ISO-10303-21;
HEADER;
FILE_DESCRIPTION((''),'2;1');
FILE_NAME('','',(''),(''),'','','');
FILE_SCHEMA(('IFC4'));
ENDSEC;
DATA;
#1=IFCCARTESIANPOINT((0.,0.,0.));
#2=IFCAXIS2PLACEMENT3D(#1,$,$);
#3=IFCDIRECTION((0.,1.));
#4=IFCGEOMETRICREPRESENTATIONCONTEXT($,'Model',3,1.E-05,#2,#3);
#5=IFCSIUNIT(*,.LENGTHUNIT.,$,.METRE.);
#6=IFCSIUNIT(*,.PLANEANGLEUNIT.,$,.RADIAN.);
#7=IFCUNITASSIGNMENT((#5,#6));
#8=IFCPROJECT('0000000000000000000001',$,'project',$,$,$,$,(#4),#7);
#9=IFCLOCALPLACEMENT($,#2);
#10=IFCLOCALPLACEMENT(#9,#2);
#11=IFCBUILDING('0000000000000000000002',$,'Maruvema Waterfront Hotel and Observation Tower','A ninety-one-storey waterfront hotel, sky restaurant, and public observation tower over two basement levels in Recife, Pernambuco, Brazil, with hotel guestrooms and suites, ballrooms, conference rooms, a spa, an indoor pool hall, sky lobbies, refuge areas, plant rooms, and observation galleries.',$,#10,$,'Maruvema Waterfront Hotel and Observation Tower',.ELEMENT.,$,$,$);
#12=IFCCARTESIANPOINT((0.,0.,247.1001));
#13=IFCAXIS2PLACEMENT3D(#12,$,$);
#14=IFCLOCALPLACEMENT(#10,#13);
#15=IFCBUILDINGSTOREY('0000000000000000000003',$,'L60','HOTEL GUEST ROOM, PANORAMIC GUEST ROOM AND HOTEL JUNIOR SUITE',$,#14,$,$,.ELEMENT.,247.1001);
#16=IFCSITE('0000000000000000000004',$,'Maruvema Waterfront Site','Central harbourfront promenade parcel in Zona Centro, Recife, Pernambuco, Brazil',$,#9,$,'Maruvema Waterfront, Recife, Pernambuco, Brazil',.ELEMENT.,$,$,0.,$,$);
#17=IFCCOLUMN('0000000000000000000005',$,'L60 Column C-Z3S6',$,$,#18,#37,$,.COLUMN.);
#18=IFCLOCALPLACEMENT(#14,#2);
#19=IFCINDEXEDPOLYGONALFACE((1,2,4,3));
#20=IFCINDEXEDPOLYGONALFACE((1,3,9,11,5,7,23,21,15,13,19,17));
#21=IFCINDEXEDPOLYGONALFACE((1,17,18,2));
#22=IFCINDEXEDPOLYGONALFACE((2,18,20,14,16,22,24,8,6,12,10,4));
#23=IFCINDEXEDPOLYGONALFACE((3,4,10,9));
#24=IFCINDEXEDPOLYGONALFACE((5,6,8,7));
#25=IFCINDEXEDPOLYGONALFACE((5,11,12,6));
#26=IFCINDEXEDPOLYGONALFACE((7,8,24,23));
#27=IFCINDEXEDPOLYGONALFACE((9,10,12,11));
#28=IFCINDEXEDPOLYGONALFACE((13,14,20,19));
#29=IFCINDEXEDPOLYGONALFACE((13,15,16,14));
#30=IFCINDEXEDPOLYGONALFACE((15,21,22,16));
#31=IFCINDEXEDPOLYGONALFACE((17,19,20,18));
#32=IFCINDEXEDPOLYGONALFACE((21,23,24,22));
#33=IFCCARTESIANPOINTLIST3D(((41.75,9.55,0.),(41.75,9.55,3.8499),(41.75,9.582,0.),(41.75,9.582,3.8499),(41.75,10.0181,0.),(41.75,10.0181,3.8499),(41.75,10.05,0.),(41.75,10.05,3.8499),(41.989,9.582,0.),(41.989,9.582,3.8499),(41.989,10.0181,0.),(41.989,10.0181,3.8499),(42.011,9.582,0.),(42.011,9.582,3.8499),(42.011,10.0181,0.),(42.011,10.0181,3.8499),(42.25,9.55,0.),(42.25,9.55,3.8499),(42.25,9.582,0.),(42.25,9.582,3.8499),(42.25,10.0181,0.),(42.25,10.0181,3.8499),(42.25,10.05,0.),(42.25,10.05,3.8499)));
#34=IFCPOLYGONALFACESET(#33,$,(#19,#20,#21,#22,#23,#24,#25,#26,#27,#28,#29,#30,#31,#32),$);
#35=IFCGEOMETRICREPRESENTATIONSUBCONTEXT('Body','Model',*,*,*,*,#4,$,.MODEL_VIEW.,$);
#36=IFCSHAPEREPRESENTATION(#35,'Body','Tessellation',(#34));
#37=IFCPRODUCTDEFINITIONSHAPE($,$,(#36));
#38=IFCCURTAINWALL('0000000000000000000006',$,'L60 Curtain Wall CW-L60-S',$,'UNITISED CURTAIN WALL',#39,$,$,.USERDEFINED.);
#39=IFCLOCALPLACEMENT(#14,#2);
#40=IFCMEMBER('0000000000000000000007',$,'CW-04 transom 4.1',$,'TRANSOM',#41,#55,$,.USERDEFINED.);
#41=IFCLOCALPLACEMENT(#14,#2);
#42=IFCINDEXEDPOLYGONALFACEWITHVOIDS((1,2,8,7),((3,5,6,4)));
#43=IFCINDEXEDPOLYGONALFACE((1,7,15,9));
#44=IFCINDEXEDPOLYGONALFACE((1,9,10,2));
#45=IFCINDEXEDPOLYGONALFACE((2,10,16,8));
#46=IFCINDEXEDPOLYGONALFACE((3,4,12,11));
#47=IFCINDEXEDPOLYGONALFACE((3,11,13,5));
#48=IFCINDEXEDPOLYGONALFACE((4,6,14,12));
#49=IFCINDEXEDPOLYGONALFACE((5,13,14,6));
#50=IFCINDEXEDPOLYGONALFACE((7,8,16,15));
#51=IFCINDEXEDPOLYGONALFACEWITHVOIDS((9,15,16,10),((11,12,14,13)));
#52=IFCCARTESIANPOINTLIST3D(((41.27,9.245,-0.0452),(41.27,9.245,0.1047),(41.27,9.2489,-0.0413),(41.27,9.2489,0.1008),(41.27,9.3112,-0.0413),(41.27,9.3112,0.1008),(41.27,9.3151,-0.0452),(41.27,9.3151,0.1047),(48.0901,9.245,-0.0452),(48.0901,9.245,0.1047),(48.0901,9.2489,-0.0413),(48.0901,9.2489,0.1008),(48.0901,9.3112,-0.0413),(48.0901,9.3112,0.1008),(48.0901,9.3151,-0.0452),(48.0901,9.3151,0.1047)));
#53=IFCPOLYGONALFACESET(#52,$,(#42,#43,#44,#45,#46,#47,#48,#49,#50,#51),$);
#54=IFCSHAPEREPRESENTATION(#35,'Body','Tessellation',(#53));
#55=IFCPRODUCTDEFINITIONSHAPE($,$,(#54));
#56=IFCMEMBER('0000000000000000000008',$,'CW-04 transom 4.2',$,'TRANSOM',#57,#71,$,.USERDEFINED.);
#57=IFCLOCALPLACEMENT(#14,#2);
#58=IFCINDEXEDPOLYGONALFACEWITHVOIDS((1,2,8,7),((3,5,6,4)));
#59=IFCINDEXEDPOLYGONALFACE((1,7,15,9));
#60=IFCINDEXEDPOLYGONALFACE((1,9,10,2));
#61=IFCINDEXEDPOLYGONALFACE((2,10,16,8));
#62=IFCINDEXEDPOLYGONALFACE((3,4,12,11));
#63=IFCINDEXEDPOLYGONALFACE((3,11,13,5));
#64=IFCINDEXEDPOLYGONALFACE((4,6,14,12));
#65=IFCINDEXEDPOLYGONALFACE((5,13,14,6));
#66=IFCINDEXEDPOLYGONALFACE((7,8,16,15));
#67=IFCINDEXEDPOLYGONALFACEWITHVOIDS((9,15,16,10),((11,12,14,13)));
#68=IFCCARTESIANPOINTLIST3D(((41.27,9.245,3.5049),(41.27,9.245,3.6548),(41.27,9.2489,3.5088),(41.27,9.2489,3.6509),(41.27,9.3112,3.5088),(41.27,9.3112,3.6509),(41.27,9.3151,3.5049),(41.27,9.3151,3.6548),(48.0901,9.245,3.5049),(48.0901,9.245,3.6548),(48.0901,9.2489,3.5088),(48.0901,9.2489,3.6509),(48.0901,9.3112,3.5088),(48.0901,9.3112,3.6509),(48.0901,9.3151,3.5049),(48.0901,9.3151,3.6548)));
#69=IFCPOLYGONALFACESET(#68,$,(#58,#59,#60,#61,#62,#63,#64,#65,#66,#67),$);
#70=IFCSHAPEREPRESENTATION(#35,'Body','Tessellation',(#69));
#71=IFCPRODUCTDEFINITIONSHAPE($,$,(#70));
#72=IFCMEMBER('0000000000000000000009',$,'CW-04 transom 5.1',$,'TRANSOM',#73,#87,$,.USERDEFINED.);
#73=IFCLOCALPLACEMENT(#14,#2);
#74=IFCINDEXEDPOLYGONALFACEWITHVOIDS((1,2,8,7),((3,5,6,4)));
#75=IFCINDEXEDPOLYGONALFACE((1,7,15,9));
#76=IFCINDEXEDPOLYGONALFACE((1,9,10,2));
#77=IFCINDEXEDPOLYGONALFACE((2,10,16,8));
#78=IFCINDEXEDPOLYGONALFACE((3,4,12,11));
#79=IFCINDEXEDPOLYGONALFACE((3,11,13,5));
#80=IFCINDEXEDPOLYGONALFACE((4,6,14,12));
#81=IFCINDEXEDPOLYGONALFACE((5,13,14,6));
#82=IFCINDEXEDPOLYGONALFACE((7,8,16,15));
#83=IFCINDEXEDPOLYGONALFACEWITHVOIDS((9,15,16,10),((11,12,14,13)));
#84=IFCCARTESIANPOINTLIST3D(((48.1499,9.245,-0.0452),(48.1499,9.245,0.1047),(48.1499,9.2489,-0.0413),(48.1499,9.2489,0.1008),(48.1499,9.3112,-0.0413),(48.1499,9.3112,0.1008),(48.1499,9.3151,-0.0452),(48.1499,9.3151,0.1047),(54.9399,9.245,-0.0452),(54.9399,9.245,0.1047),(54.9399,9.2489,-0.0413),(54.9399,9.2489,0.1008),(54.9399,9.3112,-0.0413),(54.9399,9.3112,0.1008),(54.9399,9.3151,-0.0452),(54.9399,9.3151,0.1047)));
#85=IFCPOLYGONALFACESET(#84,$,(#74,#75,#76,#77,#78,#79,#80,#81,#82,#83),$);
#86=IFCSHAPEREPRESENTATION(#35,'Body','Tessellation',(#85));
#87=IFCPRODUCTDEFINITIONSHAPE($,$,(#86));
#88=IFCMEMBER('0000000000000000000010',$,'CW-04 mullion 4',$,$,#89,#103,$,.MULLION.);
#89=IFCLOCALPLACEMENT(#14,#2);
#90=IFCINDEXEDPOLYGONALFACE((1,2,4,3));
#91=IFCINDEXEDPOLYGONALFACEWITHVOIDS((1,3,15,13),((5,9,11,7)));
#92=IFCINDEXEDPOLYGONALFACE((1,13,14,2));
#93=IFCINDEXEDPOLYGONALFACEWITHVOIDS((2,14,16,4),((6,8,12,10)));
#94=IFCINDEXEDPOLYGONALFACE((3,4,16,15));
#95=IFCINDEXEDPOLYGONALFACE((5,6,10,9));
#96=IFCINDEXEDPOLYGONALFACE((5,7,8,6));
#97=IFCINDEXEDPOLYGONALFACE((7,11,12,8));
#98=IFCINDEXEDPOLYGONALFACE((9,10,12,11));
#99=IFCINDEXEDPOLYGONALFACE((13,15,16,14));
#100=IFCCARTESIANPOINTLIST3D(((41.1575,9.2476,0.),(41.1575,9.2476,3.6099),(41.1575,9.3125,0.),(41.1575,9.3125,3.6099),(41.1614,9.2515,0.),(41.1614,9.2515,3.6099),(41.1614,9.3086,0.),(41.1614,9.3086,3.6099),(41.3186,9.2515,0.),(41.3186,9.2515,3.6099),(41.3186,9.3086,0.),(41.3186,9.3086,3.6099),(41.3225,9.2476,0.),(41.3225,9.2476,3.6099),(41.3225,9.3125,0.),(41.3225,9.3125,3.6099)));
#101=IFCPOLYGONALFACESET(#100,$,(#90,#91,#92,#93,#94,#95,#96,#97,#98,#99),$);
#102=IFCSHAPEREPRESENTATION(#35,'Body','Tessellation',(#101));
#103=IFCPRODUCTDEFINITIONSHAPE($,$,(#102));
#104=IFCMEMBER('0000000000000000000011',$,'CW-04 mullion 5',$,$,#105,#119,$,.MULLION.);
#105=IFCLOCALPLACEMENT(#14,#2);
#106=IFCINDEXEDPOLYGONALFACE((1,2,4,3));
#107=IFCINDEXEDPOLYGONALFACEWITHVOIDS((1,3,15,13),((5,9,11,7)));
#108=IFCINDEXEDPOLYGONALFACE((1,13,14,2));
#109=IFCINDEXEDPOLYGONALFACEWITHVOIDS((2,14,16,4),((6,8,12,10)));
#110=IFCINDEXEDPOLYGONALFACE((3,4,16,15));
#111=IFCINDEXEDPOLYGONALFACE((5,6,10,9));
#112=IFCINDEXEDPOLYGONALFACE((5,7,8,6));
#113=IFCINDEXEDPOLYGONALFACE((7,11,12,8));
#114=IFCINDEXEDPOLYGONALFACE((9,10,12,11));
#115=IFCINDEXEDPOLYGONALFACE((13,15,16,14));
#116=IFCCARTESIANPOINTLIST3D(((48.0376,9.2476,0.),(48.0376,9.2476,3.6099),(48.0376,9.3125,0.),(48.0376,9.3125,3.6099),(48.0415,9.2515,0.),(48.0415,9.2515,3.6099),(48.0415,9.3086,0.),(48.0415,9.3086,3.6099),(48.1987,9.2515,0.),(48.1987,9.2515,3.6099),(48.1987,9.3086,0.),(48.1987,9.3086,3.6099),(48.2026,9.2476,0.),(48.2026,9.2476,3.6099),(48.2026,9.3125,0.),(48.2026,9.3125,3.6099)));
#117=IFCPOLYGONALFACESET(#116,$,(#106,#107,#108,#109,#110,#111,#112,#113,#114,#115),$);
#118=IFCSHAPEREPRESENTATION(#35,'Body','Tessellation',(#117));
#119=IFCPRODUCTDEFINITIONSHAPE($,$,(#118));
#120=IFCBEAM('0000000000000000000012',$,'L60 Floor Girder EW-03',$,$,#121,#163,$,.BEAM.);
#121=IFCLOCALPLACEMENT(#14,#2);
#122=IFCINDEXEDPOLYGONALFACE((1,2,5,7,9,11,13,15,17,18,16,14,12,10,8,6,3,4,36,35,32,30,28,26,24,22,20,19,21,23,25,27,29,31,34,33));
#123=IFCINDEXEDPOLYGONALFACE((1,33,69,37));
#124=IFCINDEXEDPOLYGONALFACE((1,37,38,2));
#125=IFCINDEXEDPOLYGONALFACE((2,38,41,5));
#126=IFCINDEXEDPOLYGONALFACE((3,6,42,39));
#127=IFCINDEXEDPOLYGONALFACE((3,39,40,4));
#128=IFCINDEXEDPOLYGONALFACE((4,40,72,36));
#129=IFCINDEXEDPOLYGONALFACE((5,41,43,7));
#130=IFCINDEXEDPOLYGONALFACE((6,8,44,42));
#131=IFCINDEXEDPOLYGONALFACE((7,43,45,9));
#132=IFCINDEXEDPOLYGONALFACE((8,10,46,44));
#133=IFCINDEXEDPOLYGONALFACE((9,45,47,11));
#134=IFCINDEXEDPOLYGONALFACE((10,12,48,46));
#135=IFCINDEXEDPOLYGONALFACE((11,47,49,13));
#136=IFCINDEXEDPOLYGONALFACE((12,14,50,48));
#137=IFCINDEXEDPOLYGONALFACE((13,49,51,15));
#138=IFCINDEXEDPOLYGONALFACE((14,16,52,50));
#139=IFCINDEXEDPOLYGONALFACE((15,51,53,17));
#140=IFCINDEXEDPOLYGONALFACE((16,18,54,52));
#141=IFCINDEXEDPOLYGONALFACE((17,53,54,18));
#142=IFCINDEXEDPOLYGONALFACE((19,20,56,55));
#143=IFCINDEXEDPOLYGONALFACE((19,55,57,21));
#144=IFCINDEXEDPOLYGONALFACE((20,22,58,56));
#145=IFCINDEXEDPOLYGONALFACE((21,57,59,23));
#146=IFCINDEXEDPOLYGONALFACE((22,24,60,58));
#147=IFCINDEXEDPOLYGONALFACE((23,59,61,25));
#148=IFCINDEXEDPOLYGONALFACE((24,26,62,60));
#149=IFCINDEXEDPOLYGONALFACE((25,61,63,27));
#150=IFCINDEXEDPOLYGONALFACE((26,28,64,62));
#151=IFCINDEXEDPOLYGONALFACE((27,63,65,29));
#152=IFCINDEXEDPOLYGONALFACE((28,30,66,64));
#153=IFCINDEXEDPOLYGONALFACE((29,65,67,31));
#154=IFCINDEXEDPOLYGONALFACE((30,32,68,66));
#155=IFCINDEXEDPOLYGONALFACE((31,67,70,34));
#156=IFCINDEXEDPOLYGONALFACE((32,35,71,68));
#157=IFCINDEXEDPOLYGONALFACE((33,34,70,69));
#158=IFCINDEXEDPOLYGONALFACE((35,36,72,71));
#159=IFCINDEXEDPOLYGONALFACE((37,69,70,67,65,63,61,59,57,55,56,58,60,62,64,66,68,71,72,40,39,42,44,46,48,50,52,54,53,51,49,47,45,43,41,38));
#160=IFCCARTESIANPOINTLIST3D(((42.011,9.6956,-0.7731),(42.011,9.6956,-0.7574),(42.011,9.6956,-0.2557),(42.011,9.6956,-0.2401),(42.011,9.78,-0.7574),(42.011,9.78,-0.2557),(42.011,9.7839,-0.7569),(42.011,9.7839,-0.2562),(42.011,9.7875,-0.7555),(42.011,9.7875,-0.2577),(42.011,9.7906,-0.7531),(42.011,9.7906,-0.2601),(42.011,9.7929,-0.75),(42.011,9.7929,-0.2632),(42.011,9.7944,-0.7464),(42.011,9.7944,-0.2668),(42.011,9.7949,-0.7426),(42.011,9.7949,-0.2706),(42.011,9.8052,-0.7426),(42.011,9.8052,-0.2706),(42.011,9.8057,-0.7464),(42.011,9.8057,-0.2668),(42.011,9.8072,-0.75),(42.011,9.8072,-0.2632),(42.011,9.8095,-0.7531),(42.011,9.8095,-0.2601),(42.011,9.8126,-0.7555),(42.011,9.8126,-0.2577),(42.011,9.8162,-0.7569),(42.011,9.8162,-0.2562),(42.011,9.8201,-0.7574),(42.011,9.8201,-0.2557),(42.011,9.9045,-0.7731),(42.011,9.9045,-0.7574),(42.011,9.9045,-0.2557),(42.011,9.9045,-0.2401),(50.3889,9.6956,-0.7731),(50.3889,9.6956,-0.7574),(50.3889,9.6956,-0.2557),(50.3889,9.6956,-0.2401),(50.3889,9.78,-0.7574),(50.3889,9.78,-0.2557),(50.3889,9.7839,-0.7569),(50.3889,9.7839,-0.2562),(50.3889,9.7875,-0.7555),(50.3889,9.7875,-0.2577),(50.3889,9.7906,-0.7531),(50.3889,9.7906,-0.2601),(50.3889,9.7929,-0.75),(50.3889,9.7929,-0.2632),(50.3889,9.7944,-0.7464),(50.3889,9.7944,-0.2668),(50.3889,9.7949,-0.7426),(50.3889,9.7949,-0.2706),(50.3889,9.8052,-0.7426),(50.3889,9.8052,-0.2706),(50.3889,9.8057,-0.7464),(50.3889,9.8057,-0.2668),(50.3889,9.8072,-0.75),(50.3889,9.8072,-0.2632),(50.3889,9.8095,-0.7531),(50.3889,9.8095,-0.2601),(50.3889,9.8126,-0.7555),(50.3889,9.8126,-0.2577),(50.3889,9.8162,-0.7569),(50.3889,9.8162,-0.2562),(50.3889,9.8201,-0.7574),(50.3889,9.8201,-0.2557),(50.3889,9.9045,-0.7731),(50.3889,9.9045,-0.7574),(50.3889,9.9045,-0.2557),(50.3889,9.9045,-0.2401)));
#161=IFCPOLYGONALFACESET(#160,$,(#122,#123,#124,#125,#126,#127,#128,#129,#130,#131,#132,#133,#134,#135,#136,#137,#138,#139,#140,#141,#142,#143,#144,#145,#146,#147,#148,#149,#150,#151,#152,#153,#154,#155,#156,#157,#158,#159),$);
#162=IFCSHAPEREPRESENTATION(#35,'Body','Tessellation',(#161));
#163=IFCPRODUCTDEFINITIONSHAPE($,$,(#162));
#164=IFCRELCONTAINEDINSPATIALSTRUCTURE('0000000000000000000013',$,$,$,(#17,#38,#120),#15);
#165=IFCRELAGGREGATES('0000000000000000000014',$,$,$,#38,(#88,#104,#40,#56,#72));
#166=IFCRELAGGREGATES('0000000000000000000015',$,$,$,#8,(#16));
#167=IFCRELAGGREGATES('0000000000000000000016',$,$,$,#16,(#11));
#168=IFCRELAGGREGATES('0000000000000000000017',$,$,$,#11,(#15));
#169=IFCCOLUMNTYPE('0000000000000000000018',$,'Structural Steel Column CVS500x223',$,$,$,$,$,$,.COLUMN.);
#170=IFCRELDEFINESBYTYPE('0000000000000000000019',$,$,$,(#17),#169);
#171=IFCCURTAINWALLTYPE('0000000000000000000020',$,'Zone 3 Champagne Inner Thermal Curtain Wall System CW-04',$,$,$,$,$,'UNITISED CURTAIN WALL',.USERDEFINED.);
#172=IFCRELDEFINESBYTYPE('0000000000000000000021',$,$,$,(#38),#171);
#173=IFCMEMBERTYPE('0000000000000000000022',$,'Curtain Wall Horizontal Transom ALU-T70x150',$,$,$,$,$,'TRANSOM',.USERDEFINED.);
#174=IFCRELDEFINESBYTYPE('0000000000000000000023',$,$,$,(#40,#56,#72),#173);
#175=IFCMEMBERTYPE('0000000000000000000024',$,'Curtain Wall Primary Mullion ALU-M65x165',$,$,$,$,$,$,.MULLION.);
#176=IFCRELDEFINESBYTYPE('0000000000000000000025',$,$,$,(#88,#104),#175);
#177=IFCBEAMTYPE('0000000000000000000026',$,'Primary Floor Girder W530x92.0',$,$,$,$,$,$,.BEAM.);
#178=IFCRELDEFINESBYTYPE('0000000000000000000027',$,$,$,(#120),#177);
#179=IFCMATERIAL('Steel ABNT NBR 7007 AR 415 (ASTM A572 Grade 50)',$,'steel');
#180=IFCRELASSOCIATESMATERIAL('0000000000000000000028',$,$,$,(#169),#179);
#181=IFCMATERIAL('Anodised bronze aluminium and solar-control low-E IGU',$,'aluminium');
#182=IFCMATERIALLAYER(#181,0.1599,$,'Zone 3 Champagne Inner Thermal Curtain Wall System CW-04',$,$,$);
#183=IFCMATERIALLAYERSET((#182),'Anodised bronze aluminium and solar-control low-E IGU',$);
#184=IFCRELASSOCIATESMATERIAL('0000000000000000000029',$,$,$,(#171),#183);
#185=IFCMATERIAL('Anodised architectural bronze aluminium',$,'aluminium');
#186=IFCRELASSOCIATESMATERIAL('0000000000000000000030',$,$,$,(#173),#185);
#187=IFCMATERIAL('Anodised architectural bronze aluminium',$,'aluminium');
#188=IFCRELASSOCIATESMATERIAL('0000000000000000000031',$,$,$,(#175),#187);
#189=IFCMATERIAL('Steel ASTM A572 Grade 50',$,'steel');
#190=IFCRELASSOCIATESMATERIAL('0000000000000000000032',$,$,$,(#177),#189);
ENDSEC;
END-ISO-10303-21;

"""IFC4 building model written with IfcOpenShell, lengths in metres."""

from ifc_helpers import new_model, si_unit, direction, frame, origin, origin_2d, place, context, subcontext, project, spatial, hollow_rectangle, i_section, extrude, material, layer, layer_set, material_profile, profile_set, type_object, element, aggregate, save


model = new_model("IFC4")

# Units and contexts
model_context = context("Model", 3, precision=1e-05, world=origin(), true_north=direction((0.0, 1.0)))
body_context = subcontext(model_context, "Body", "Model", "MODEL_VIEW")
ifc_project = project(units=[si_unit("LENGTHUNIT", "METRE"), si_unit("PLANEANGLEUNIT", "RADIAN")], contexts=[model_context])

# Site, building, storey
site_placement = place(None, origin())
site = spatial("IfcSite", under=ifc_project, at=site_placement, Name="Maruvema Waterfront Site", Description="Central harbourfront promenade parcel in Zona Centro, Recife, Pernambuco, Brazil", LongName="Maruvema Waterfront, Recife, Pernambuco, Brazil", CompositionType="ELEMENT", RefElevation=0.0)
building_placement = place(site_placement, origin())
building = spatial("IfcBuilding", under=site, at=building_placement, Name="Maruvema Waterfront Hotel and Observation Tower", Description="A ninety-one-storey waterfront hotel, sky restaurant, and public observation tower over two basement levels in Recife, Pernambuco, Brazil, with hotel guestrooms and suites, ballrooms, conference rooms, a spa, an indoor pool hall, sky lobbies, refuge areas, plant rooms, and observation galleries.", LongName="Maruvema Waterfront Hotel and Observation Tower", CompositionType="ELEMENT")
storey_placement = place(building_placement, frame((0.0, 0.0, 247.1001)))
storey = spatial("IfcBuildingStorey", under=building, at=storey_placement, Name="L60", Description="HOTEL GUEST ROOM, PANORAMIC GUEST ROOM AND HOTEL JUNIOR SUITE", CompositionType="ELEMENT", Elevation=247.1001)

# Column
ifc_material_1 = material(Name="Steel ABNT NBR 7007 AR 415 (ASTM A572 Grade 50)", Category="steel")
ifc_material_profile_1 = material_profile(ifc_material_1, i_section(OverallWidth=0.5, OverallDepth=0.5, WebThickness=0.022, FlangeThickness=0.032, at=origin_2d()), Name="CVS500x223")
ifc_profile_set_1 = profile_set([ifc_material_profile_1], Name="Steel ABNT NBR 7007 AR 415 (ASTM A572 Grade 50)")
column_type = type_object("IfcColumnType", Name="Structural Steel Column CVS500x223", PredefinedType="COLUMN", material=ifc_profile_set_1)
column_placement = place(storey_placement, frame((42.0, 9.8, 0.0), z_axis=(0.0, 0.0, 1.0), x_axis=(1.0, 0.0, 0.0)))
element("IfcColumn", 1, at=column_placement, inside=storey, type_object=column_type, Name="L60 Column C-Z3S6", PredefinedType="COLUMN", context=body_context, shape_type="SweptSolid", body=[
    extrude(i_section(OverallWidth=0.5, OverallDepth=0.5, WebThickness=0.022, FlangeThickness=0.032, at=origin_2d()), origin(), (0.0, 0.0, 1.0), 3.8499),
])

# Curtain wall, members
ifc_material_2 = material(Name="Anodised bronze aluminium and solar-control low-E IGU", Category="aluminium")
ifc_layer_1 = layer(ifc_material_2, 0.1599, Name="Zone 3 Champagne Inner Thermal Curtain Wall System CW-04")
ifc_layer_set_1 = layer_set([ifc_layer_1], Name="Anodised bronze aluminium and solar-control low-E IGU")
curtain_wall_type = type_object("IfcCurtainWallType", Name="Zone 3 Champagne Inner Thermal Curtain Wall System CW-04", ElementType="UNITISED CURTAIN WALL", PredefinedType="USERDEFINED", material=ifc_layer_set_1)
curtain_wall_placement = place(storey_placement, origin())
curtain_wall = element("IfcCurtainWall", 2, at=curtain_wall_placement, inside=storey, type_object=curtain_wall_type, Name="L60 Curtain Wall CW-L60-S", ObjectType="UNITISED CURTAIN WALL", PredefinedType="USERDEFINED")
ifc_material_3 = material(Name="Anodised architectural bronze aluminium", Category="aluminium")
ifc_material_profile_2 = material_profile(ifc_material_3, hollow_rectangle(XDim=0.0701, YDim=0.1499, WallThickness=0.0039, at=origin_2d()), Name="ALU-T70x150")
ifc_profile_set_2 = profile_set([ifc_material_profile_2], Name="Anodised architectural bronze aluminium")
member_type_1 = type_object("IfcMemberType", Name="Curtain Wall Horizontal Transom ALU-T70x150", ElementType="TRANSOM", PredefinedType="USERDEFINED", material=ifc_profile_set_2)
member_1_placement = place(storey_placement, frame((41.27, 9.28, 0.0298), z_axis=(1.0, 0.0, 0.0), x_axis=(0.0, 1.0, 0.0)))
member_1 = element("IfcMember", 3, at=member_1_placement, type_object=member_type_1, Name="CW-04 transom 4.1", ObjectType="TRANSOM", PredefinedType="USERDEFINED", context=body_context, shape_type="SweptSolid", body=[
    extrude(hollow_rectangle(XDim=0.0701, YDim=0.1499, WallThickness=0.0039, at=origin_2d()), origin(), (0.0, 0.0, 1.0), 6.8201),
])
member_2_placement = place(storey_placement, frame((41.27, 9.28, 3.5798), z_axis=(1.0, 0.0, 0.0), x_axis=(0.0, 1.0, 0.0)))
member_2 = element("IfcMember", 4, at=member_2_placement, type_object=member_type_1, Name="CW-04 transom 4.2", ObjectType="TRANSOM", PredefinedType="USERDEFINED", context=body_context, shape_type="SweptSolid", body=[
    extrude(hollow_rectangle(XDim=0.0701, YDim=0.1499, WallThickness=0.0039, at=origin_2d()), origin(), (0.0, 0.0, 1.0), 6.8201),
])
member_3_placement = place(storey_placement, frame((48.1499, 9.28, 0.0298), z_axis=(1.0, 0.0, 0.0), x_axis=(0.0, 1.0, 0.0)))
member_3 = element("IfcMember", 5, at=member_3_placement, type_object=member_type_1, Name="CW-04 transom 5.1", ObjectType="TRANSOM", PredefinedType="USERDEFINED", context=body_context, shape_type="SweptSolid", body=[
    extrude(hollow_rectangle(XDim=0.0701, YDim=0.1499, WallThickness=0.0039, at=origin_2d()), origin(), (0.0, 0.0, 1.0), 6.79),
])
ifc_material_4 = material(Name="Anodised architectural bronze aluminium", Category="aluminium")
ifc_material_profile_3 = material_profile(ifc_material_4, hollow_rectangle(XDim=0.0649, YDim=0.165, WallThickness=0.0039, at=origin_2d()), Name="ALU-M65x165")
ifc_profile_set_3 = profile_set([ifc_material_profile_3], Name="Anodised architectural bronze aluminium")
member_type_2 = type_object("IfcMemberType", Name="Curtain Wall Primary Mullion ALU-M65x165", PredefinedType="MULLION", material=ifc_profile_set_3)
member_4_placement = place(storey_placement, frame((41.24, 9.28, 0.0), z_axis=(0.0, 0.0, 1.0), x_axis=(0.0, 1.0, 0.0)))
member_4 = element("IfcMember", 6, at=member_4_placement, type_object=member_type_2, Name="CW-04 mullion 4", PredefinedType="MULLION", context=body_context, shape_type="SweptSolid", body=[
    extrude(hollow_rectangle(XDim=0.0649, YDim=0.165, WallThickness=0.0039, at=origin_2d()), origin(), (0.0, 0.0, 1.0), 3.6099),
])
member_5_placement = place(storey_placement, frame((48.1201, 9.28, 0.0), z_axis=(0.0, 0.0, 1.0), x_axis=(0.0, 1.0, 0.0)))
member_5 = element("IfcMember", 7, at=member_5_placement, type_object=member_type_2, Name="CW-04 mullion 5", PredefinedType="MULLION", context=body_context, shape_type="SweptSolid", body=[
    extrude(hollow_rectangle(XDim=0.0649, YDim=0.165, WallThickness=0.0039, at=origin_2d()), origin(), (0.0, 0.0, 1.0), 3.6099),
])

# Beam
ifc_material_5 = material(Name="Steel ASTM A572 Grade 50", Category="steel")
ifc_material_profile_4 = material_profile(ifc_material_5, i_section(OverallWidth=0.209, OverallDepth=0.533, WebThickness=0.0103, FlangeThickness=0.0156, FilletRadius=0.0149, at=origin_2d()), Name="W530x92.0")
ifc_profile_set_4 = profile_set([ifc_material_profile_4], Name="Steel ASTM A572 Grade 50")
beam_type_1 = type_object("IfcBeamType", Name="Primary Floor Girder W530x92.0", PredefinedType="BEAM", material=ifc_profile_set_4)
beam_1_placement = place(storey_placement, frame((42.011, 9.8, -0.5066), z_axis=(1.0, 0.0, 0.0), x_axis=(0.0, 1.0, 0.0)))
element("IfcBeam", 8, at=beam_1_placement, inside=storey, type_object=beam_type_1, Name="L60 Floor Girder EW-03", PredefinedType="BEAM", context=body_context, shape_type="SweptSolid", body=[
    extrude(i_section(OverallWidth=0.209, OverallDepth=0.533, WebThickness=0.0103, FlangeThickness=0.0156, FilletRadius=0.0149, at=origin_2d()), origin(), (0.0, 0.0, 1.0), 8.3779),
])

aggregate(curtain_wall, [member_4, member_5, member_1, member_2, member_3])

save(model, "model.ifc")
